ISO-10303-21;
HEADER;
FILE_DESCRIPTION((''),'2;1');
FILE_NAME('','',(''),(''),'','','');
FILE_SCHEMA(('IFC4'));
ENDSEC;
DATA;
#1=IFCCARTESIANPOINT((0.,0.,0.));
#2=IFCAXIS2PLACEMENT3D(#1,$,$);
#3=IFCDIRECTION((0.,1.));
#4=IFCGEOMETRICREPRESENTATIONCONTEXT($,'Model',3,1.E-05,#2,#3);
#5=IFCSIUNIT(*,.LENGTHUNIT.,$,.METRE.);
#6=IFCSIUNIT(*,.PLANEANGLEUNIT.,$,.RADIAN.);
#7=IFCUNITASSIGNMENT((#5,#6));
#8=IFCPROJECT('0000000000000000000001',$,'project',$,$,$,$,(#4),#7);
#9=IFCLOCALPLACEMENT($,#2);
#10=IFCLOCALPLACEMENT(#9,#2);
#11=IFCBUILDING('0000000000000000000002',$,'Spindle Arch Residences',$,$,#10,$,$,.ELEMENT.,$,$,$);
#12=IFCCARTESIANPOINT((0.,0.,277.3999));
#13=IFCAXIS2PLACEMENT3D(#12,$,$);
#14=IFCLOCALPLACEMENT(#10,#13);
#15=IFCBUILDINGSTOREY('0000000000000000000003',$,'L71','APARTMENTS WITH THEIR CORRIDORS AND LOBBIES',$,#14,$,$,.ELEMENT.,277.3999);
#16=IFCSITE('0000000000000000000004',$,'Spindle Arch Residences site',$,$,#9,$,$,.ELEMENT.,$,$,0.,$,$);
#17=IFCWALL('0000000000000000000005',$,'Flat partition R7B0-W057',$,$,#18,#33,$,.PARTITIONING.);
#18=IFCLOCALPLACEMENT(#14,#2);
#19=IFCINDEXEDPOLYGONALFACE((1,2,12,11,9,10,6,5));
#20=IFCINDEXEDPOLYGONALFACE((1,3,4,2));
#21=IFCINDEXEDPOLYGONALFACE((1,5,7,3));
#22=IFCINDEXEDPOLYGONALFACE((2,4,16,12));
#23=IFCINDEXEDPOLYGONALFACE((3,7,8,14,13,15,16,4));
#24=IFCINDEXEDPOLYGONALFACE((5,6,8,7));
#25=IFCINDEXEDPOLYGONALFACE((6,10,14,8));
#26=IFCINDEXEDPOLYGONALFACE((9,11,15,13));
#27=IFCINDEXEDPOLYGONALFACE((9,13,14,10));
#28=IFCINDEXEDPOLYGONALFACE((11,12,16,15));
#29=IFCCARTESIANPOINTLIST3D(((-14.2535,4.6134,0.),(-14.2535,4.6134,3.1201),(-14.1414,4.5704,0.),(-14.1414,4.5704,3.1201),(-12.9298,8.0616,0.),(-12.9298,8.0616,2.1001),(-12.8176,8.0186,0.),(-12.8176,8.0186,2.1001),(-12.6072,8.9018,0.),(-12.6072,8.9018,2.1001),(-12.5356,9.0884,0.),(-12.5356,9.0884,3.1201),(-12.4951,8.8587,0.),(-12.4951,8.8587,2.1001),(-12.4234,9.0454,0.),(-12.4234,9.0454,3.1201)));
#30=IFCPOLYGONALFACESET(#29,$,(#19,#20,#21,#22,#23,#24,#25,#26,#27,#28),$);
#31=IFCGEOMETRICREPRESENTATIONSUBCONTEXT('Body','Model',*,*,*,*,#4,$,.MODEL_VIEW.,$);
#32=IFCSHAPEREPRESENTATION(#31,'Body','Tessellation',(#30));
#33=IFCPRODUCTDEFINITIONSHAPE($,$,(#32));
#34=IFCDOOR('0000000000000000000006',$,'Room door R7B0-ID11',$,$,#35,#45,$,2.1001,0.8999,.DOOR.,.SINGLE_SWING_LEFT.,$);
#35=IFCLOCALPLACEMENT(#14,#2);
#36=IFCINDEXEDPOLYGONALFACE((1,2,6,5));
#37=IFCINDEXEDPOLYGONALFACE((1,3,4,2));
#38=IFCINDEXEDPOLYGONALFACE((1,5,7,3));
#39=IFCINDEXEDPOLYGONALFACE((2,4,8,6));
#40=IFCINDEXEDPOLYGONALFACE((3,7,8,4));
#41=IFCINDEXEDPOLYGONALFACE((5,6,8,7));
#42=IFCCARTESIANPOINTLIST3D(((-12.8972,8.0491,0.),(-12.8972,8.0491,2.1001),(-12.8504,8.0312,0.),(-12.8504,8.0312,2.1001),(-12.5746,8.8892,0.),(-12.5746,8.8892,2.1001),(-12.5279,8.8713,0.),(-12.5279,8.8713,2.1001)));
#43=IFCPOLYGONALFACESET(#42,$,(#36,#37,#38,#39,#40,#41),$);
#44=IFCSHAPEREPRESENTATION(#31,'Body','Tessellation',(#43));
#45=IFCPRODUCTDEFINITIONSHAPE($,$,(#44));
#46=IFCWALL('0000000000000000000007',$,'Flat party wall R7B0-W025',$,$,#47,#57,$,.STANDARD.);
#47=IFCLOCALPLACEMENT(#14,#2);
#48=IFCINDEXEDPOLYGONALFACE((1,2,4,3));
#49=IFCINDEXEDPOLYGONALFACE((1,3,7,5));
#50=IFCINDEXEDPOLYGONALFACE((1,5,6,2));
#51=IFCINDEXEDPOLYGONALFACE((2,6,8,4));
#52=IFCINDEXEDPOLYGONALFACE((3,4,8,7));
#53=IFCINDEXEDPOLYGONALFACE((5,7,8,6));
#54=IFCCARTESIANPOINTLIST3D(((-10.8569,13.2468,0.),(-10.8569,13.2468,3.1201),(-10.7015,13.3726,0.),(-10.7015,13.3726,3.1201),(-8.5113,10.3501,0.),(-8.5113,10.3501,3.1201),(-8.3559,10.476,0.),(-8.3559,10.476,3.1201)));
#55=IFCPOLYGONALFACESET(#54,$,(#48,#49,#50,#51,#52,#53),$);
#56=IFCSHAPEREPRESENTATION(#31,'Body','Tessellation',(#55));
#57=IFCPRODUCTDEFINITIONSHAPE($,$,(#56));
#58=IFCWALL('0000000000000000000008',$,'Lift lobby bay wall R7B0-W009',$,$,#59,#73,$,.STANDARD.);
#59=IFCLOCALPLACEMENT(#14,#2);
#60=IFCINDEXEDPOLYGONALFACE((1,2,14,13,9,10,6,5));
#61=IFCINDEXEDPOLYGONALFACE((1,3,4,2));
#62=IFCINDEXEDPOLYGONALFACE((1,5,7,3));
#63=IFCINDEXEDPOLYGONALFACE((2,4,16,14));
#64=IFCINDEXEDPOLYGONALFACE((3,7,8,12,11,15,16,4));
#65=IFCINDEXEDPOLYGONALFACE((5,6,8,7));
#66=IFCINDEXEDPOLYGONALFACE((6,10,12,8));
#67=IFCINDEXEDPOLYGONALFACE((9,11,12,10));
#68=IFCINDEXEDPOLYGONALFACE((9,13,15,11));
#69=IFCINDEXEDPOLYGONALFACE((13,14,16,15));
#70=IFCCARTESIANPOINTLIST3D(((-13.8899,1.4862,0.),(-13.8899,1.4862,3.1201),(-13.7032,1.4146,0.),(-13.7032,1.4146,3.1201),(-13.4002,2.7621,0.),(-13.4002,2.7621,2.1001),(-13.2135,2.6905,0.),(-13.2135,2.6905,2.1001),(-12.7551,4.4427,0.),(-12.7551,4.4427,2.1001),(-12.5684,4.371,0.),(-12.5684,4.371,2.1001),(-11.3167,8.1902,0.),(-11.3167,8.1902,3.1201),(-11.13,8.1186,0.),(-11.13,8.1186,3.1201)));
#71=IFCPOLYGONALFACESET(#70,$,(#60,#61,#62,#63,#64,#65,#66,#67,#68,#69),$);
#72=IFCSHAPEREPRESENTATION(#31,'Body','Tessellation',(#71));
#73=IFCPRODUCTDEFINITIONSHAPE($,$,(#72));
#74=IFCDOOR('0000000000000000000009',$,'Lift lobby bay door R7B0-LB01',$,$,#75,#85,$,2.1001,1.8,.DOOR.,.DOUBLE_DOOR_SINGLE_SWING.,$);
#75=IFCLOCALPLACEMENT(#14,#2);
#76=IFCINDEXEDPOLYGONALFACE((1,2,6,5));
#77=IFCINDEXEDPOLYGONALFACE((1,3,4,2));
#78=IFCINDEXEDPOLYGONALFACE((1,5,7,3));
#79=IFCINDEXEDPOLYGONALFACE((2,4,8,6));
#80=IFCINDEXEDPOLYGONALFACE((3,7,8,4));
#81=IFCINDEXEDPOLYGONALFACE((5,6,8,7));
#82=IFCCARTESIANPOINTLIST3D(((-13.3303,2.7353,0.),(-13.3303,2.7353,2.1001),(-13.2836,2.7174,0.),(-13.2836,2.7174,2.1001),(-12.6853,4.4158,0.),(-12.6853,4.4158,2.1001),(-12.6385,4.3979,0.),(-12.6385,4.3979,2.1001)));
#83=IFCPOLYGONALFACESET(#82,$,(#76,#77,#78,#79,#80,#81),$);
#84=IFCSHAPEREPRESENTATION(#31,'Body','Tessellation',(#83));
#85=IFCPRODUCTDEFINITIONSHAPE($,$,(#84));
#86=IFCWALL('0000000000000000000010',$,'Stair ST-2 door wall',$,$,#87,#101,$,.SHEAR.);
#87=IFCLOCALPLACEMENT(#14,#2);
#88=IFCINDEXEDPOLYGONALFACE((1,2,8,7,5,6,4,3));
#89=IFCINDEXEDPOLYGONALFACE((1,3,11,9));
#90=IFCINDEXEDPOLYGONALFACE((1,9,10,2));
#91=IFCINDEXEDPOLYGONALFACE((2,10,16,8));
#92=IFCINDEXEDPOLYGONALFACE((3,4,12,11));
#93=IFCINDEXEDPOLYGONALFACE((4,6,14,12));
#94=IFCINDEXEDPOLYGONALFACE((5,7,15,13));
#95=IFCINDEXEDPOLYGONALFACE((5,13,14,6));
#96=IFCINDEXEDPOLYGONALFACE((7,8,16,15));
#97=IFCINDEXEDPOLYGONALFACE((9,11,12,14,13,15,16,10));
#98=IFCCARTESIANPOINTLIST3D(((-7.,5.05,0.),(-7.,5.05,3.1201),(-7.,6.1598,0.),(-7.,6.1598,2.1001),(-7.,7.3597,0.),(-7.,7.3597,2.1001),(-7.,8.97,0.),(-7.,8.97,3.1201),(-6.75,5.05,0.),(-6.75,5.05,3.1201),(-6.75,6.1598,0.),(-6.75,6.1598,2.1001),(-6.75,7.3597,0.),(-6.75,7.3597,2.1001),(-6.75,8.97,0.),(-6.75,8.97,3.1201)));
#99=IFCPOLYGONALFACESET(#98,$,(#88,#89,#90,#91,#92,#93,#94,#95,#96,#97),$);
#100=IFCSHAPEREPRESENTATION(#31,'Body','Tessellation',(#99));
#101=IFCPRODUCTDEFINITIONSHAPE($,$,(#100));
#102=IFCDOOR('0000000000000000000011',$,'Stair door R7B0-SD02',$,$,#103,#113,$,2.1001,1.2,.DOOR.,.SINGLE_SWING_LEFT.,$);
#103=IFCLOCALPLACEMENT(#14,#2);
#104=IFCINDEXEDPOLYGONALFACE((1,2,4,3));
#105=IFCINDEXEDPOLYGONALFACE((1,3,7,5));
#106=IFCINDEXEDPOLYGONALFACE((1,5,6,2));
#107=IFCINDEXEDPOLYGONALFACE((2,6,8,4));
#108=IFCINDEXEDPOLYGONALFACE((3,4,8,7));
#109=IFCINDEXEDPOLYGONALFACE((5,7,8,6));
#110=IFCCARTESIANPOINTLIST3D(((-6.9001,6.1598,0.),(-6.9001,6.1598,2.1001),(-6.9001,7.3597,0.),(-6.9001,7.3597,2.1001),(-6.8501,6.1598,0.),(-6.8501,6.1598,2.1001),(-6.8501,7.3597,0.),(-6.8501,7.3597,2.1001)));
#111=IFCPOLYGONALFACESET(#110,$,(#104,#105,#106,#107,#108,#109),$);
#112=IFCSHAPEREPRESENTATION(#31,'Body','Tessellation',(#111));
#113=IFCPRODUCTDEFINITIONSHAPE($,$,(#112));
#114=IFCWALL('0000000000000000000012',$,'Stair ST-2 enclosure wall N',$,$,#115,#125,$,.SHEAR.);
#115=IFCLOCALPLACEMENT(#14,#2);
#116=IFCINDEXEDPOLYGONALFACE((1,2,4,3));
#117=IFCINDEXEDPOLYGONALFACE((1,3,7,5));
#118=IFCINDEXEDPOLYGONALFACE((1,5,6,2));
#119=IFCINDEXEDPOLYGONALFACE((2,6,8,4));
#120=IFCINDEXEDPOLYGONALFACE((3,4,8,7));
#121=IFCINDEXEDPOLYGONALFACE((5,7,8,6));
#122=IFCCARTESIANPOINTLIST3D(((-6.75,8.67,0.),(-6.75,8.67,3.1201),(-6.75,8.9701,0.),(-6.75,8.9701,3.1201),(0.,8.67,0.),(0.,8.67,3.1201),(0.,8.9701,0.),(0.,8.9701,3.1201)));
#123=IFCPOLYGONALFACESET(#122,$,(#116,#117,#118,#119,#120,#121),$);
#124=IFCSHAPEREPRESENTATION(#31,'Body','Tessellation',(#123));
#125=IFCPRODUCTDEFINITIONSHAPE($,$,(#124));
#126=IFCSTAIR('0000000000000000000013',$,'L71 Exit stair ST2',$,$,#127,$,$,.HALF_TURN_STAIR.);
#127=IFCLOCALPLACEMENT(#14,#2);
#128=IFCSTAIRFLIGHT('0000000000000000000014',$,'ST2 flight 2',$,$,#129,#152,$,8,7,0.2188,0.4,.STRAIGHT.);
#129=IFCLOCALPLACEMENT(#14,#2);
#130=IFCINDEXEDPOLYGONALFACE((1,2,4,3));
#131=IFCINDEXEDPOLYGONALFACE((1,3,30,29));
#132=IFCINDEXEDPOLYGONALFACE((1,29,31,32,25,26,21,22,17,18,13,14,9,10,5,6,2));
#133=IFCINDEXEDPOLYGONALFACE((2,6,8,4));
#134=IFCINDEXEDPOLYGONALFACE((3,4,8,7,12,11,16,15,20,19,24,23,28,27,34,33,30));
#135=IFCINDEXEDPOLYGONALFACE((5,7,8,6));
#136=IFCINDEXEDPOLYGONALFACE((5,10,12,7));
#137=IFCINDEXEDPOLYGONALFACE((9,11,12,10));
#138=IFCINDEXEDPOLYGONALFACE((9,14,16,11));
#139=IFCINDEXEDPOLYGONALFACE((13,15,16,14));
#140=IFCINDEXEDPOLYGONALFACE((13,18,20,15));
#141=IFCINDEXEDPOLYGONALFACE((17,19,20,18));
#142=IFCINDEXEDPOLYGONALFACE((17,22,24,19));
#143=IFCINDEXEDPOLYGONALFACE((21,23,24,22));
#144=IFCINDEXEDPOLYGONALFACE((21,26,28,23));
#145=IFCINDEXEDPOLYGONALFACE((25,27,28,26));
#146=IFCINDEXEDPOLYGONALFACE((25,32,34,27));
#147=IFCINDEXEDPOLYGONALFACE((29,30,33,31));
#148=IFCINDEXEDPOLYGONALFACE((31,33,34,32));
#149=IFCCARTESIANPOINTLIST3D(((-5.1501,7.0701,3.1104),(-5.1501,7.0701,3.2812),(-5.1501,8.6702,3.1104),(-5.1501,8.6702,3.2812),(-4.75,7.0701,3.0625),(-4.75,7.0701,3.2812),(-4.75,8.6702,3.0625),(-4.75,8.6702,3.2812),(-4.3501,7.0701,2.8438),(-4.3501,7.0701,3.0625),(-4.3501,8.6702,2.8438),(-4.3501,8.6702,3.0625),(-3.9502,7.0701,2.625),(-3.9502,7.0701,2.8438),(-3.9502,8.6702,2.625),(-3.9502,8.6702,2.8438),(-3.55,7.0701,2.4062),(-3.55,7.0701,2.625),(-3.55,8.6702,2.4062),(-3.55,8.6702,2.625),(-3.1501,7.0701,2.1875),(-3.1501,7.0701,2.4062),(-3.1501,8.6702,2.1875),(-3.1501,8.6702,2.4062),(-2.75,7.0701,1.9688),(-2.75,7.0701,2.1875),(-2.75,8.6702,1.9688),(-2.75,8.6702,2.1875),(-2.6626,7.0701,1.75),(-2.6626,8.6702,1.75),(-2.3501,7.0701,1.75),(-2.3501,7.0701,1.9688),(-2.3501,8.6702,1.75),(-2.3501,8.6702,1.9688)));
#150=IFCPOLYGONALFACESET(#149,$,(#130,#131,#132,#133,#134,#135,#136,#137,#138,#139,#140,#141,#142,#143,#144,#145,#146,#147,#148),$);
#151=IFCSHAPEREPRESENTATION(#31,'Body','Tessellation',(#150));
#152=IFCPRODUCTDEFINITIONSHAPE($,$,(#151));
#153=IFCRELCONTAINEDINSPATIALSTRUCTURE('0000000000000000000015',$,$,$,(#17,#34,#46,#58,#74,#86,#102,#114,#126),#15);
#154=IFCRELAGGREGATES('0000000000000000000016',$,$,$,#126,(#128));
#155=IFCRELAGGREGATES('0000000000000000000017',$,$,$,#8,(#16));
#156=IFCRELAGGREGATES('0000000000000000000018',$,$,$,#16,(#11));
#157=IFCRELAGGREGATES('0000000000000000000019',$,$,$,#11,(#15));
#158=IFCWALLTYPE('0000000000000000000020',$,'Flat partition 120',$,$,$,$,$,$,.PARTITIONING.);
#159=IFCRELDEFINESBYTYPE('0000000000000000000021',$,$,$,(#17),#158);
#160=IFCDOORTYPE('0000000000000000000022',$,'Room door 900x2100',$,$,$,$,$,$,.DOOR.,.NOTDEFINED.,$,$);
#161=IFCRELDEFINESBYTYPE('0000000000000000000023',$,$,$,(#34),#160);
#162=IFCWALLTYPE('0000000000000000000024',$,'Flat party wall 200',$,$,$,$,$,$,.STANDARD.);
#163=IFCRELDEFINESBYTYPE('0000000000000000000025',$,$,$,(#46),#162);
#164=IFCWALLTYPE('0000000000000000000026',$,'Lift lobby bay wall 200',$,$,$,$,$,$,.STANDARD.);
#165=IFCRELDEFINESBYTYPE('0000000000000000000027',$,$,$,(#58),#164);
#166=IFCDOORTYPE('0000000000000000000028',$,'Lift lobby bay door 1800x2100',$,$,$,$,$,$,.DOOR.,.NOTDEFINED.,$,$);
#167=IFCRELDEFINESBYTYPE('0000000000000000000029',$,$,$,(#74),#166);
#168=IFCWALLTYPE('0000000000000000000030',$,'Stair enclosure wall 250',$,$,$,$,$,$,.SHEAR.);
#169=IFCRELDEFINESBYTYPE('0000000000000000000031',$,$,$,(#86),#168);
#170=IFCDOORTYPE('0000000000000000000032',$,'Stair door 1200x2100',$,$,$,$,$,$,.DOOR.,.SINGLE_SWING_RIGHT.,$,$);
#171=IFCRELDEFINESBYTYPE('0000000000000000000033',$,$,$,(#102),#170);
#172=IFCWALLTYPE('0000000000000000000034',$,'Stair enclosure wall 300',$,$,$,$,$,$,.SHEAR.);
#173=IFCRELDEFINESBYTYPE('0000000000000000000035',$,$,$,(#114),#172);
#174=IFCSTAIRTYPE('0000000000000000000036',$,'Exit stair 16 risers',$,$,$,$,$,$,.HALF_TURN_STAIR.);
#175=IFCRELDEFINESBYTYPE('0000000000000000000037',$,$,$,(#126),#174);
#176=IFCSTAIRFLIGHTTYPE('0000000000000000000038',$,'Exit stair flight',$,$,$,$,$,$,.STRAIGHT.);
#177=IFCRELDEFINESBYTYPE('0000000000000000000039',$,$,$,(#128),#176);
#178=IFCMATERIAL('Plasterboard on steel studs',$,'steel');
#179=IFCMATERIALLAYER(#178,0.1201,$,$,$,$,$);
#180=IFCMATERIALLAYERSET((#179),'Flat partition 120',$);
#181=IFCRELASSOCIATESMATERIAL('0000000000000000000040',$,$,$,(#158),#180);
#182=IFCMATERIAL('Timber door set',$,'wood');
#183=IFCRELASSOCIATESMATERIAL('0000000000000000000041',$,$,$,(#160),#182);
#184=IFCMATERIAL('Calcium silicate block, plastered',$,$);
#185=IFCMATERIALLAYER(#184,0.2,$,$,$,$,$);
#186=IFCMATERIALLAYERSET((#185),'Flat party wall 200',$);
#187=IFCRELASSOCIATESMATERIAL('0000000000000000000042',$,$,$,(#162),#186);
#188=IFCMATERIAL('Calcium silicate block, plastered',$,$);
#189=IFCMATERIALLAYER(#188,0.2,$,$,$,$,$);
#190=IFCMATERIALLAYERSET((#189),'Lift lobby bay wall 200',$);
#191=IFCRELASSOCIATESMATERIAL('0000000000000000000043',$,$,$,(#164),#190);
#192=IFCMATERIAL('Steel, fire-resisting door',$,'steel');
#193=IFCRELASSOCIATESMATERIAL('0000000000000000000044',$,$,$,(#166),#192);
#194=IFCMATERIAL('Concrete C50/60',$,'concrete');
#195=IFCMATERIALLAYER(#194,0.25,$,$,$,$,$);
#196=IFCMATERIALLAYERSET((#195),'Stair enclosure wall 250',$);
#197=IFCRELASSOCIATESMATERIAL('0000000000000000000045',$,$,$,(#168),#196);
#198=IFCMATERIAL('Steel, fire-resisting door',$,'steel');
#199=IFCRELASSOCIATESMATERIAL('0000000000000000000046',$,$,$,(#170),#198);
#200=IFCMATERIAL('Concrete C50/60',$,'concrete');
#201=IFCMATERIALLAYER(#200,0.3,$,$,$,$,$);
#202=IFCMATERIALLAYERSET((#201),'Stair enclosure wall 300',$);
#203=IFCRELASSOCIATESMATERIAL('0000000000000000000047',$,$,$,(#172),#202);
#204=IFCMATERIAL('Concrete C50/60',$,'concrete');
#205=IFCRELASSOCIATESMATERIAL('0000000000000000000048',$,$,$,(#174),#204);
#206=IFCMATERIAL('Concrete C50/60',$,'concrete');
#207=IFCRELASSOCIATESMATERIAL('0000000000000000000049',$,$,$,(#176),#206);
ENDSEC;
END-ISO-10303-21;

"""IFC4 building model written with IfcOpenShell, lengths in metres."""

from ifc_helpers import new_model, si_unit, direction, frame, frame_2d, origin, place, context, subcontext, project, spatial, polyline, rectangle, outline, extrude, material, layer, layer_set, type_object, element, fill, aggregate, save


model = new_model("IFC4")

# Units and contexts
model_context = context("Model", 3, precision=1e-05, world=origin(), true_north=direction((0.0, 1.0)))
body_context = subcontext(model_context, "Body", "Model", "MODEL_VIEW")
ifc_project = project(units=[si_unit("LENGTHUNIT", "METRE"), si_unit("PLANEANGLEUNIT", "RADIAN")], contexts=[model_context])

# Site, building, storey
site_placement = place(None, origin())
site = spatial("IfcSite", under=ifc_project, at=site_placement, Name="Spindle Arch Residences site", CompositionType="ELEMENT", RefElevation=0.0)
building_placement = place(site_placement, origin())
building = spatial("IfcBuilding", under=site, at=building_placement, Name="Spindle Arch Residences", CompositionType="ELEMENT")
storey_placement = place(building_placement, frame((0.0, 0.0, 277.3999)))
storey = spatial("IfcBuildingStorey", under=building, at=storey_placement, Name="L71", Description="APARTMENTS WITH THEIR CORRIDORS AND LOBBIES", CompositionType="ELEMENT", Elevation=277.3999)

# Shared definitions
ifc_material_1 = material(Name="Plasterboard on steel studs", Category="steel")
ifc_layer_1 = layer(ifc_material_1, 0.1201)
ifc_layer_set_1 = layer_set([ifc_layer_1], Name="Flat partition 120")
wall_type_1 = type_object("IfcWallType", Name="Flat partition 120", PredefinedType="PARTITIONING", material=ifc_layer_set_1)

# Shared definitions
ifc_material_2 = material(Name="Timber door set", Category="wood")
door_type_1 = type_object("IfcDoorType", Name="Room door 900x2100", OperationType="NOTDEFINED", PredefinedType="DOOR", material=ifc_material_2)

# Wall, opening, door
wall_1_placement = place(storey_placement, frame((-12.4795, 9.0669, 0.0), z_axis=(0.0, 0.0, 1.0), x_axis=(-0.358402, -0.933567, 0.0)))
wall_1 = element("IfcWall", 1, at=wall_1_placement, inside=storey, type_object=wall_type_1, Name="Flat partition R7B0-W057", PredefinedType="PARTITIONING", context=body_context, shape_type="SweptSolid", body=[
    extrude(rectangle(XDim=4.7935, YDim=0.1201, at=frame_2d((2.3967, 0.0))), origin(), (0.0, 0.0, 1.0), 3.1201),
])
opening_1_placement = place(wall_1_placement, frame((0.2, 0.0, 0.0)))
opening_1 = element("IfcOpeningElement", 2, at=opening_1_placement, cuts=wall_1, PredefinedType="OPENING", context=body_context, shape_type="SweptSolid", body=[
    extrude(rectangle(XDim=0.8999, YDim=2.1001, at=frame_2d((0.45, 1.05))), frame((0.0, 0.0701, 0.0), z_axis=(0.0, -1.0, 0.0), x_axis=(1.0, 0.0, 0.0)), (0.0, 0.0, 1.0), 0.1401),
])
door_1_placement = place(opening_1_placement, origin())
door_1 = element("IfcDoor", 3, at=door_1_placement, inside=storey, type_object=door_type_1, Name="Room door R7B0-ID11", OperationType="SINGLE_SWING_LEFT", OverallHeight=2.1001, OverallWidth=0.8999, PredefinedType="DOOR", context=body_context, shape_type="SweptSolid", body=[
    extrude(rectangle(XDim=0.8999, YDim=2.1001, at=frame_2d((0.45, 1.05))), frame((0.0, 0.0249, 0.0), z_axis=(0.0, -1.0, 0.0), x_axis=(1.0, 0.0, 0.0)), (0.0, 0.0, 1.0), 0.05),
])
fill(opening_1, door_1)

# Wall
ifc_material_3 = material(Name="Calcium silicate block, plastered")
ifc_layer_2 = layer(ifc_material_3, 0.2)
ifc_layer_set_2 = layer_set([ifc_layer_2], Name="Flat party wall 200")
wall_type_2 = type_object("IfcWallType", Name="Flat party wall 200", PredefinedType="STANDARD", material=ifc_layer_set_2)
wall_2_placement = place(storey_placement, frame((-10.7793, 13.3098, 0.0), z_axis=(0.0, 0.0, 1.0), x_axis=(0.629317, -0.777149, 0.0)))
element("IfcWall", 4, at=wall_2_placement, inside=storey, type_object=wall_type_2, Name="Flat party wall R7B0-W025", PredefinedType="STANDARD", context=body_context, shape_type="SweptSolid", body=[
    extrude(rectangle(XDim=3.7273, YDim=0.2, at=frame_2d((1.8638, 0.0))), origin(), (0.0, 0.0, 1.0), 3.1201),
])

# Walls, openings, doors
ifc_material_4 = material(Name="Calcium silicate block, plastered")
ifc_layer_3 = layer(ifc_material_4, 0.2)
ifc_layer_set_3 = layer_set([ifc_layer_3], Name="Lift lobby bay wall 200")
wall_type_3 = type_object("IfcWallType", Name="Lift lobby bay wall 200", PredefinedType="STANDARD", material=ifc_layer_set_3)
wall_3_placement = place(storey_placement, frame((-11.2234, 8.1543, 0.0), z_axis=(0.0, 0.0, 1.0), x_axis=(-0.358341, -0.933591, 0.0)))
wall_3 = element("IfcWall", 5, at=wall_3_placement, inside=storey, type_object=wall_type_3, Name="Lift lobby bay wall R7B0-W009", PredefinedType="STANDARD", context=body_context, shape_type="SweptSolid", body=[
    extrude(rectangle(XDim=7.1809, YDim=0.2, at=frame_2d((3.5903, 0.0))), origin(), (0.0, 0.0, 1.0), 3.1201),
])
opening_2_placement = place(wall_3_placement, frame((4.0142, 0.0, 0.0)))
opening_2 = element("IfcOpeningElement", 6, at=opening_2_placement, cuts=wall_3, PredefinedType="OPENING", context=body_context, shape_type="SweptSolid", body=[
    extrude(rectangle(XDim=1.8, YDim=2.1001, at=frame_2d((0.8999, 1.05))), frame((0.0, 0.1099, 0.0), z_axis=(0.0, -1.0, 0.0), x_axis=(1.0, 0.0, 0.0)), (0.0, 0.0, 1.0), 0.22),
])
ifc_material_5 = material(Name="Steel, fire-resisting door", Category="steel")
door_type_2 = type_object("IfcDoorType", Name="Lift lobby bay door 1800x2100", OperationType="NOTDEFINED", PredefinedType="DOOR", material=ifc_material_5)
door_2_placement = place(opening_2_placement, origin())
door_2 = element("IfcDoor", 7, at=door_2_placement, inside=storey, type_object=door_type_2, Name="Lift lobby bay door R7B0-LB01", OperationType="DOUBLE_DOOR_SINGLE_SWING", OverallHeight=2.1001, OverallWidth=1.8, PredefinedType="DOOR", context=body_context, shape_type="SweptSolid", body=[
    extrude(rectangle(XDim=1.8, YDim=2.1001, at=frame_2d((0.8999, 1.05))), frame((0.0, 0.0249, 0.0), z_axis=(0.0, -1.0, 0.0), x_axis=(1.0, 0.0, 0.0)), (0.0, 0.0, 1.0), 0.05),
])
fill(opening_2, door_2)
ifc_material_6 = material(Name="Concrete C50/60", Category="concrete")
ifc_layer_4 = layer(ifc_material_6, 0.25)
ifc_layer_set_4 = layer_set([ifc_layer_4], Name="Stair enclosure wall 250")
wall_type_4 = type_object("IfcWallType", Name="Stair enclosure wall 250", PredefinedType="SHEAR", material=ifc_layer_set_4)
wall_4_placement = place(storey_placement, frame((-6.875, 8.97, 0.0), z_axis=(0.0, 0.0, 1.0), x_axis=(0.0, -1.0, 0.0)))
wall_4 = element("IfcWall", 8, at=wall_4_placement, inside=storey, type_object=wall_type_4, Name="Stair ST-2 door wall", PredefinedType="SHEAR", context=body_context, shape_type="SweptSolid", body=[
    extrude(rectangle(XDim=3.9199, YDim=0.25, at=frame_2d((1.96, 0.0))), origin(), (0.0, 0.0, 1.0), 3.1201),
])
opening_3_placement = place(wall_4_placement, frame((1.6101, 0.0, 0.0)))
opening_3 = element("IfcOpeningElement", 9, at=opening_3_placement, cuts=wall_4, PredefinedType="OPENING", context=body_context, shape_type="SweptSolid", body=[
    extrude(rectangle(XDim=1.2, YDim=2.1001, at=frame_2d((0.6001, 1.05))), frame((0.0, 0.135, 0.0), z_axis=(0.0, -1.0, 0.0), x_axis=(1.0, 0.0, 0.0)), (0.0, 0.0, 1.0), 0.27),
])
ifc_material_7 = material(Name="Steel, fire-resisting door", Category="steel")
door_type_3 = type_object("IfcDoorType", Name="Stair door 1200x2100", OperationType="SINGLE_SWING_RIGHT", PredefinedType="DOOR", material=ifc_material_7)
door_3_placement = place(opening_3_placement, origin())
door_3 = element("IfcDoor", 10, at=door_3_placement, inside=storey, type_object=door_type_3, Name="Stair door R7B0-SD02", OperationType="SINGLE_SWING_LEFT", OverallHeight=2.1001, OverallWidth=1.2, PredefinedType="DOOR", context=body_context, shape_type="SweptSolid", body=[
    extrude(rectangle(XDim=1.2, YDim=2.1001, at=frame_2d((0.6001, 1.05))), frame((0.0, 0.0249, 0.0), z_axis=(0.0, -1.0, 0.0), x_axis=(1.0, 0.0, 0.0)), (0.0, 0.0, 1.0), 0.05),
])
fill(opening_3, door_3)

# Wall
ifc_material_8 = material(Name="Concrete C50/60", Category="concrete")
ifc_layer_5 = layer(ifc_material_8, 0.3)
ifc_layer_set_5 = layer_set([ifc_layer_5], Name="Stair enclosure wall 300")
wall_type_5 = type_object("IfcWallType", Name="Stair enclosure wall 300", PredefinedType="SHEAR", material=ifc_layer_set_5)
wall_5_placement = place(storey_placement, frame((-6.75, 8.8201, 0.0), z_axis=(0.0, 0.0, 1.0), x_axis=(1.0, 0.0, 0.0)))
element("IfcWall", 11, at=wall_5_placement, inside=storey, type_object=wall_type_5, Name="Stair ST-2 enclosure wall N", PredefinedType="SHEAR", context=body_context, shape_type="SweptSolid", body=[
    extrude(rectangle(XDim=6.75, YDim=0.3, at=frame_2d((3.375, 0.0))), origin(), (0.0, 0.0, 1.0), 3.1201),
])

# Stair, stair flight
ifc_material_9 = material(Name="Concrete C50/60", Category="concrete")
stair_type = type_object("IfcStairType", Name="Exit stair 16 risers", PredefinedType="HALF_TURN_STAIR", material=ifc_material_9)
stair_placement = place(storey_placement, origin())
stair = element("IfcStair", 12, at=stair_placement, inside=storey, type_object=stair_type, Name="L71 Exit stair ST2", PredefinedType="HALF_TURN_STAIR")
ifc_material_10 = material(Name="Concrete C50/60", Category="concrete")
stair_flight_type = type_object("IfcStairFlightType", Name="Exit stair flight", PredefinedType="STRAIGHT", material=ifc_material_10)
stair_flight_placement = place(storey_placement, frame((-2.3501, 7.8701, 1.75), z_axis=(0.0, 0.0, 1.0), x_axis=(-1.0, 0.0, 0.0)))
stair_flight = element("IfcStairFlight", 13, at=stair_flight_placement, type_object=stair_flight_type, Name="ST2 flight 2", NumberOfRisers=8, NumberOfTreads=7, PredefinedType="STRAIGHT", RiserHeight=0.2188, TreadLength=0.4, context=body_context, shape_type="SweptSolid", body=[
    extrude(outline(polyline([(0.0, 0.0), (0.0, 0.2188), (0.3999, 0.2188), (0.3999, 0.4375), (0.8, 0.4375), (0.8, 0.6562), (1.2, 0.6562), (1.2, 0.875), (1.6001, 0.875), (1.6001, 1.0938), (2.0, 1.0938), (2.0, 1.3125), (2.3999, 1.3125), (2.3999, 1.5312), (2.8, 1.5312), (2.8, 1.75), (2.8, 1.3604), (0.3125, 0.0), (0.0, 0.0)])), frame((0.0, 0.8, 0.0), z_axis=(0.0, -1.0, 0.0), x_axis=(1.0, 0.0, 0.0)), (0.0, 0.0, 1.0), 1.6001),
])
aggregate(stair, [stair_flight])

save(model, "model.ifc")
